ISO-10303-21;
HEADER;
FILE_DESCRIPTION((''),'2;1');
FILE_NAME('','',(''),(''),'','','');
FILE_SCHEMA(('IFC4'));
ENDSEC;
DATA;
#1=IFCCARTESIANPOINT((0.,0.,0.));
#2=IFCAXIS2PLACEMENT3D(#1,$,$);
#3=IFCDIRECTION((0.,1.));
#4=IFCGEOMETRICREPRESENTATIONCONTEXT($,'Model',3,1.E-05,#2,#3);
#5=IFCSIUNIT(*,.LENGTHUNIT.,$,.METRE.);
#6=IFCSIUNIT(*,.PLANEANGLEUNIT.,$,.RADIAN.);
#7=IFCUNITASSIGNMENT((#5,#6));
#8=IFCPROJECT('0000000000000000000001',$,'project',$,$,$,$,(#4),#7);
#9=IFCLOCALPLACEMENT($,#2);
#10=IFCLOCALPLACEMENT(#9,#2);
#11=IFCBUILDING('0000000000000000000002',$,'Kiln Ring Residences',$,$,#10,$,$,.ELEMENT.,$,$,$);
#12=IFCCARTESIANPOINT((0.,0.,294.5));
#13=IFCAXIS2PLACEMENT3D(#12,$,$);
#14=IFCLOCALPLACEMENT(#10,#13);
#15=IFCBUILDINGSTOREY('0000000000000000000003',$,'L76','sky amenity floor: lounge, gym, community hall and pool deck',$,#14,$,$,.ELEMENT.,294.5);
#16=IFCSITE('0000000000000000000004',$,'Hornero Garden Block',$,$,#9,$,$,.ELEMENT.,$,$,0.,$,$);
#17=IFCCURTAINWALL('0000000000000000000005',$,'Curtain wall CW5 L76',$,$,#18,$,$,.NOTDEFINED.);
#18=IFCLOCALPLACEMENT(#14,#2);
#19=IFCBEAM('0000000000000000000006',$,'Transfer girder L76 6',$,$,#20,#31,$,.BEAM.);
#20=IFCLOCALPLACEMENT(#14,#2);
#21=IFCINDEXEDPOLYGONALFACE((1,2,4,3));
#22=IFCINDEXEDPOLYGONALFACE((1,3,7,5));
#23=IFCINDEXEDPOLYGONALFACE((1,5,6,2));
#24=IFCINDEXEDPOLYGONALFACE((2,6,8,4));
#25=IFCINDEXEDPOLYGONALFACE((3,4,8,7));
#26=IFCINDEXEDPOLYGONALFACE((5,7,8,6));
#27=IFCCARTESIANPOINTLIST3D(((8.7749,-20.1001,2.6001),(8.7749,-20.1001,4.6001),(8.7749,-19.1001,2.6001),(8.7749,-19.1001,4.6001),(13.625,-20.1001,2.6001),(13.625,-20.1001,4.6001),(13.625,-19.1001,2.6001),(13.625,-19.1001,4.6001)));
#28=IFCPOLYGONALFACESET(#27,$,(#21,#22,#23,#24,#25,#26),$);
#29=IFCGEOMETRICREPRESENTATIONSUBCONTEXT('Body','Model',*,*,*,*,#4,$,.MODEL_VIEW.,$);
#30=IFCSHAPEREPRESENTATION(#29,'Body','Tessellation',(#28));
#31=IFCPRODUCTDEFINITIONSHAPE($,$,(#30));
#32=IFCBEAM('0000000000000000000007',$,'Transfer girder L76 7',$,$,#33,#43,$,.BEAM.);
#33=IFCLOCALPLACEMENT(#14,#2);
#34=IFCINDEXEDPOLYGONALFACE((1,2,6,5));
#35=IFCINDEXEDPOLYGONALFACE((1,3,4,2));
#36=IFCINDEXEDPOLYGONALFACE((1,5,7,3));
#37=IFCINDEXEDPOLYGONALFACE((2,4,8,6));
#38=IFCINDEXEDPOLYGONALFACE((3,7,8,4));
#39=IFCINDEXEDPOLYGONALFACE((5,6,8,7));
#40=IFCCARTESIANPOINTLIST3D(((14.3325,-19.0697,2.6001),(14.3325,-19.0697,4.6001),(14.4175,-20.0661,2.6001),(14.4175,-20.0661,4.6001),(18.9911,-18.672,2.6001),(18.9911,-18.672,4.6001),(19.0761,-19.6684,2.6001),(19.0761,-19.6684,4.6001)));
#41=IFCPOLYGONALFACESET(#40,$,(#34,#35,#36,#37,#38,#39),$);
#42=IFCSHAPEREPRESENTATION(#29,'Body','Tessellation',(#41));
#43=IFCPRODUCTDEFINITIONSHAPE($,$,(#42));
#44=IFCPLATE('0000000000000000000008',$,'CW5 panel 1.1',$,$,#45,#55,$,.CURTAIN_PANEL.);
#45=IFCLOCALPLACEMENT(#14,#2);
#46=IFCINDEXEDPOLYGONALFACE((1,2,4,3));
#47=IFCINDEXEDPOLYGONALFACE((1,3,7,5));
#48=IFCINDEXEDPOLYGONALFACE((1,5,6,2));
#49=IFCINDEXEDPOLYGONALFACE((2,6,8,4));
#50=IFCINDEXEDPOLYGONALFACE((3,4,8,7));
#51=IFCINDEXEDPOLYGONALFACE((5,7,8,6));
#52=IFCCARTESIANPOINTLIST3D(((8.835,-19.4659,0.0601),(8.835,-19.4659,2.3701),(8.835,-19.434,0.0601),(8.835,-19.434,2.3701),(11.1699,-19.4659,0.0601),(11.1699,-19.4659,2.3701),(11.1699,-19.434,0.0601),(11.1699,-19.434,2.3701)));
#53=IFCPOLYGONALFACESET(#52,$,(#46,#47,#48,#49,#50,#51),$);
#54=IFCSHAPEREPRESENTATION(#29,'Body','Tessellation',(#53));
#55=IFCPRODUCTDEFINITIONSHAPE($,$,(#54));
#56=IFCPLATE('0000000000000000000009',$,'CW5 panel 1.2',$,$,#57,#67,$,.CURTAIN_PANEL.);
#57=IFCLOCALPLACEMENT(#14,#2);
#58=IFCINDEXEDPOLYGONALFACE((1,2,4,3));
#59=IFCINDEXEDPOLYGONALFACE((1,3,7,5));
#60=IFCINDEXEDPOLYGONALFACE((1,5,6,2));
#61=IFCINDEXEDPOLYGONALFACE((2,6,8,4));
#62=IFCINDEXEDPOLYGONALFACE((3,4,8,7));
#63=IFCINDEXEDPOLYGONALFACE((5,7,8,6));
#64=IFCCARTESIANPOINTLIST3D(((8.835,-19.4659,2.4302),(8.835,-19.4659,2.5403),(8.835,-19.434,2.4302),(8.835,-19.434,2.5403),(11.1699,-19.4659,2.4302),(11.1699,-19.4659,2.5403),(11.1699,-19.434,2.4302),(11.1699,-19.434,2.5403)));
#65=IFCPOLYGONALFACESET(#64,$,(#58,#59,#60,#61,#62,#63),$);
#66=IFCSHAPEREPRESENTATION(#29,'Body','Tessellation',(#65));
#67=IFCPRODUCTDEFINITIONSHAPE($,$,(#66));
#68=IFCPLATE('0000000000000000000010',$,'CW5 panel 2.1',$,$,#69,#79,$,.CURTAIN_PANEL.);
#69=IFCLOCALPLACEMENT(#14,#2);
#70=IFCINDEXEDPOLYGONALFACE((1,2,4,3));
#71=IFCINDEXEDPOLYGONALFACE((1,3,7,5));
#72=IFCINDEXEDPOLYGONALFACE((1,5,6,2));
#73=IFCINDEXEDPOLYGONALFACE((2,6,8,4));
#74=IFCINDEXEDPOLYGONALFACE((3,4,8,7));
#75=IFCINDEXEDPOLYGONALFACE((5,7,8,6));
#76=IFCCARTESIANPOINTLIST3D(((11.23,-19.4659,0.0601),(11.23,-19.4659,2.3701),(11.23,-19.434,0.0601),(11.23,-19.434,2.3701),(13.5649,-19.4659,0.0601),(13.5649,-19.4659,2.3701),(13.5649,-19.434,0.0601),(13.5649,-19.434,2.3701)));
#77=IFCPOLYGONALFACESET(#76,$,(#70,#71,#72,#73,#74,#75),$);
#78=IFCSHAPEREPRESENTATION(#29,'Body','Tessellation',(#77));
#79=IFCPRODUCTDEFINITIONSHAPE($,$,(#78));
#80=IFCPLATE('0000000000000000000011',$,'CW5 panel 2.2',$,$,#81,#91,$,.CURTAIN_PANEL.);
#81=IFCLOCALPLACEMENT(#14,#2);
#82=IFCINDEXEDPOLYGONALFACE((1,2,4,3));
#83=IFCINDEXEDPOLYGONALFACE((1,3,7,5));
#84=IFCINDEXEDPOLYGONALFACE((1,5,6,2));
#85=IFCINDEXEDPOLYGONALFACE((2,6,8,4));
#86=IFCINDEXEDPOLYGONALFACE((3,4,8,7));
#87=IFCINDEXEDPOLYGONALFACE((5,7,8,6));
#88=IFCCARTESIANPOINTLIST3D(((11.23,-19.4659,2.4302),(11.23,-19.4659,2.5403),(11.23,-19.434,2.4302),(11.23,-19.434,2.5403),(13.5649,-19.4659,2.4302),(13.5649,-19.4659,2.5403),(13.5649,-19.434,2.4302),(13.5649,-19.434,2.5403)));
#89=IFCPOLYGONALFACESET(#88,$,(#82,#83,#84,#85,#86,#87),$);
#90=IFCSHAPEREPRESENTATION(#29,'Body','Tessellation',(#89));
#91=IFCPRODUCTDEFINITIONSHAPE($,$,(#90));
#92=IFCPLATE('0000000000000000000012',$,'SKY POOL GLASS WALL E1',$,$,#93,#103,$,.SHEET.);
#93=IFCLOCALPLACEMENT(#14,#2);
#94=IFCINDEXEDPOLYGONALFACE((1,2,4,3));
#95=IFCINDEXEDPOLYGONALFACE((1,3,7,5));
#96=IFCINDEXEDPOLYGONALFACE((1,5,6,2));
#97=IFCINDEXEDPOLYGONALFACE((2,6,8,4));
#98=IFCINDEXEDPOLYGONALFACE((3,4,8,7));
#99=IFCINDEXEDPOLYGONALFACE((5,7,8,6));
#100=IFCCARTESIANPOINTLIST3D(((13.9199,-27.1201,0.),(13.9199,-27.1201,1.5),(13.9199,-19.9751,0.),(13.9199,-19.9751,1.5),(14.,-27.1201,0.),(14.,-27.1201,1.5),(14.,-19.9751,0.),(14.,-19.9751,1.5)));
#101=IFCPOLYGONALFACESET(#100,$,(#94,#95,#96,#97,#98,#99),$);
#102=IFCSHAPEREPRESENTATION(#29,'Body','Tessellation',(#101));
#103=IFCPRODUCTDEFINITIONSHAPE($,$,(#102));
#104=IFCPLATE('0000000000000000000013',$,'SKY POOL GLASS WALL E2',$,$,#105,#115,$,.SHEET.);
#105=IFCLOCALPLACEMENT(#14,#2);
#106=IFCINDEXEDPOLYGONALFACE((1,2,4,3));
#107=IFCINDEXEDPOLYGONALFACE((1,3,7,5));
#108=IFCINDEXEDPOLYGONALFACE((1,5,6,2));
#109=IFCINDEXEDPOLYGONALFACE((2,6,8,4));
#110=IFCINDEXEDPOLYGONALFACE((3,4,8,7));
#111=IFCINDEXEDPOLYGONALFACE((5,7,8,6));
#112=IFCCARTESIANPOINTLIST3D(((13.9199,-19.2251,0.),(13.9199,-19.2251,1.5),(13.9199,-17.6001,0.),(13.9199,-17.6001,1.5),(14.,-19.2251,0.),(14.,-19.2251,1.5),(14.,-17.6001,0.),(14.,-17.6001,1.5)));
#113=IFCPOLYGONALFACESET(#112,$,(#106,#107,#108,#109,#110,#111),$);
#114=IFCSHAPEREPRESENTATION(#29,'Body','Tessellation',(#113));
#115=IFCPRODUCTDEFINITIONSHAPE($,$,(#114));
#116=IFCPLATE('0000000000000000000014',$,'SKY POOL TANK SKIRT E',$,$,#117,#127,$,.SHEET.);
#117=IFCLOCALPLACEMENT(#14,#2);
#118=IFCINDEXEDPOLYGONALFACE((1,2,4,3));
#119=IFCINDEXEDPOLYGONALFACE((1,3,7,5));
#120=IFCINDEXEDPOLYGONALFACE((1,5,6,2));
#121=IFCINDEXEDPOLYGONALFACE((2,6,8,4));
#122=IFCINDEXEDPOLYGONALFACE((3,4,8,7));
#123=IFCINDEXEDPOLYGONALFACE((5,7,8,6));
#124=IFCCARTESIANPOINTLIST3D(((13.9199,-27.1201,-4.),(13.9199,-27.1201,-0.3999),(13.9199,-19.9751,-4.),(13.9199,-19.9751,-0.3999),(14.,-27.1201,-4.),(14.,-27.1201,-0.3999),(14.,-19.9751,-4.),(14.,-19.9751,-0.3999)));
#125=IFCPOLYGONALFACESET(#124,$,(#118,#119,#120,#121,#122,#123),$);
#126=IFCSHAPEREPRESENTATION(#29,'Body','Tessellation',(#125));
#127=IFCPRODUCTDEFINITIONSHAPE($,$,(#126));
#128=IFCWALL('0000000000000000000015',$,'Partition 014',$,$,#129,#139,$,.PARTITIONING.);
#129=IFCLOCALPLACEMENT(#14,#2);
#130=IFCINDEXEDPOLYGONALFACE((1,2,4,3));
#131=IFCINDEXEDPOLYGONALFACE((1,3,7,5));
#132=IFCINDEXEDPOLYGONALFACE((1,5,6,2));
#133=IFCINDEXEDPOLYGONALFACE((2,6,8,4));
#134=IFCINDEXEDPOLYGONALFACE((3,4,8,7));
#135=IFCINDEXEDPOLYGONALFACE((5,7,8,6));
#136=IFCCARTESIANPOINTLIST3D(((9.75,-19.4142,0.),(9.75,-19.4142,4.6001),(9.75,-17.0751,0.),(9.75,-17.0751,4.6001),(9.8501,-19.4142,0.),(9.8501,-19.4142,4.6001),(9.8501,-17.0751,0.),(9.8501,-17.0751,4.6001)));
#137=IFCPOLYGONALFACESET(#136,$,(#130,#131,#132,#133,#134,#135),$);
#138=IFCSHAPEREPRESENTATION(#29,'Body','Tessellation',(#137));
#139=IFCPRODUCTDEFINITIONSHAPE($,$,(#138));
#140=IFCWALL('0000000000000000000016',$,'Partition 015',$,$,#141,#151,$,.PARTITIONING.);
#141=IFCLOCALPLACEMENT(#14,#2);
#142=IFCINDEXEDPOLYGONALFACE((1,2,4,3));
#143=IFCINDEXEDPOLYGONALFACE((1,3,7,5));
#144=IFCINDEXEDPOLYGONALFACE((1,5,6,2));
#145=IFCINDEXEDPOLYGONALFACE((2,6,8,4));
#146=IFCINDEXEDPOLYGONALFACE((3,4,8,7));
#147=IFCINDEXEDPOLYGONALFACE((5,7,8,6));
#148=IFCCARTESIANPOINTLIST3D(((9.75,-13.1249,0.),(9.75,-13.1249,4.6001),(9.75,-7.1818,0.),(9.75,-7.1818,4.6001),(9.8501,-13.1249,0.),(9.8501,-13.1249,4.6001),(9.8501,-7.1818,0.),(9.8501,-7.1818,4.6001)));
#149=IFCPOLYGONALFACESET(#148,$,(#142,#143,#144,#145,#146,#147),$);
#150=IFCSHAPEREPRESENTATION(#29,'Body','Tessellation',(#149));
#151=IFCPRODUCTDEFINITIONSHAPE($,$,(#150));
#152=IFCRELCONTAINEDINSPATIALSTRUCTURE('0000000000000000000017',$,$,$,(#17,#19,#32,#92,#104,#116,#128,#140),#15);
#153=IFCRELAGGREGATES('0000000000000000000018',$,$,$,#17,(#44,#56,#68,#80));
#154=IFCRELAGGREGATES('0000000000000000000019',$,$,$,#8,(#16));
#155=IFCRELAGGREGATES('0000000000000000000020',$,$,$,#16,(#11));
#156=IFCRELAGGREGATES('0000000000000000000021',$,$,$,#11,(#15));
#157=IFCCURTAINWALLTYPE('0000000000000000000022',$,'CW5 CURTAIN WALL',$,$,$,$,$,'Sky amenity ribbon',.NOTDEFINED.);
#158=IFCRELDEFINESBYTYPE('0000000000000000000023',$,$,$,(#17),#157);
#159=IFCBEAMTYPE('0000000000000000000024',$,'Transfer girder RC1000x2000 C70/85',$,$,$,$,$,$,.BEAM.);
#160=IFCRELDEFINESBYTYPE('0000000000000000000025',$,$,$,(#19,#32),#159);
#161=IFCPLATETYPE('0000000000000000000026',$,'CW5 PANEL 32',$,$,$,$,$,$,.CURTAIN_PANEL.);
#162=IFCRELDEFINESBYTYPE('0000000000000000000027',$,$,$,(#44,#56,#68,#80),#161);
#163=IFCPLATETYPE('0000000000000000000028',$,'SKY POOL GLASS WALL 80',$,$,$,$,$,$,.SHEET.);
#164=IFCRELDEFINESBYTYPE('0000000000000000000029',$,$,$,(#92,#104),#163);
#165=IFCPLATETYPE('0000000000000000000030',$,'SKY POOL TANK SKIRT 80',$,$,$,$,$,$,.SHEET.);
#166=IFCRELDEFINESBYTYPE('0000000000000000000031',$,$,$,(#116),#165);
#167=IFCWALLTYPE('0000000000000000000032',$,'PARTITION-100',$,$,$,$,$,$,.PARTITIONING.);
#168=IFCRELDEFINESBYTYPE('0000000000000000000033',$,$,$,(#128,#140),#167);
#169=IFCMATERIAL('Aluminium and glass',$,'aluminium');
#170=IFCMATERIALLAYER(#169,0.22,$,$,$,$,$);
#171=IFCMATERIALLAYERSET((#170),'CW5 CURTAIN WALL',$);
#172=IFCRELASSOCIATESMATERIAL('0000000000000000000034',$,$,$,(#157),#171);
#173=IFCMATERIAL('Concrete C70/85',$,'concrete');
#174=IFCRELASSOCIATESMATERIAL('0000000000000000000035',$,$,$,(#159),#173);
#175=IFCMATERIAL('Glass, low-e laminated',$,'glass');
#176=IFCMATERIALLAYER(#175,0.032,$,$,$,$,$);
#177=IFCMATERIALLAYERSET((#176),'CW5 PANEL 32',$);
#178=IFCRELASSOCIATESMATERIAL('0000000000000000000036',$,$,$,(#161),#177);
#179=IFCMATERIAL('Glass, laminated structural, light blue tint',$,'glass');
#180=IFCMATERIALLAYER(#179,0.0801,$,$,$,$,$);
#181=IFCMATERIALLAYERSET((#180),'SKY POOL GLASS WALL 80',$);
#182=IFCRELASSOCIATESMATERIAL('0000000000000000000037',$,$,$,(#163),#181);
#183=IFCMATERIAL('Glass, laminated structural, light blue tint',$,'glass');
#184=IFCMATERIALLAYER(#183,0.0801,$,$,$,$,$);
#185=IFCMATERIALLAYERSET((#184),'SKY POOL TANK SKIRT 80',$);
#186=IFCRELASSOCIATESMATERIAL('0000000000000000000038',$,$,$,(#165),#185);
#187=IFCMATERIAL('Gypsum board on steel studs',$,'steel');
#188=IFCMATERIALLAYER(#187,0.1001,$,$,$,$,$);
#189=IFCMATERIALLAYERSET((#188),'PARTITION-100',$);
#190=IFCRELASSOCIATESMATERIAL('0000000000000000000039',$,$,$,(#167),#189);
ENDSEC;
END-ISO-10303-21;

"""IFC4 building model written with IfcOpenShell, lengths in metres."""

from ifc_helpers import new_model, si_unit, direction, frame, frame_2d, origin, origin_2d, place, context, subcontext, project, spatial, rectangle, extrude, material, layer, layer_set, material_profile, profile_set, type_object, element, aggregate, save


model = new_model("IFC4")

# Units and contexts
model_context = context("Model", 3, precision=1e-05, world=origin(), true_north=direction((0.0, 1.0)))
body_context = subcontext(model_context, "Body", "Model", "MODEL_VIEW")
ifc_project = project(units=[si_unit("LENGTHUNIT", "METRE"), si_unit("PLANEANGLEUNIT", "RADIAN")], contexts=[model_context])

# Site, building, storey
site_placement = place(None, origin())
site = spatial("IfcSite", under=ifc_project, at=site_placement, Name="Hornero Garden Block", CompositionType="ELEMENT", RefElevation=0.0)
building_placement = place(site_placement, origin())
building = spatial("IfcBuilding", under=site, at=building_placement, Name="Kiln Ring Residences", CompositionType="ELEMENT")
storey_placement = place(building_placement, frame((0.0, 0.0, 294.5)))
storey = spatial("IfcBuildingStorey", under=building, at=storey_placement, Name="L76", Description="sky amenity floor: lounge, gym, community hall and pool deck", CompositionType="ELEMENT", Elevation=294.5)

# Curtain wall
ifc_material_1 = material(Name="Aluminium and glass", Category="aluminium")
ifc_layer_1 = layer(ifc_material_1, 0.22)
ifc_layer_set_1 = layer_set([ifc_layer_1], Name="CW5 CURTAIN WALL")
curtain_wall_type = type_object("IfcCurtainWallType", Name="CW5 CURTAIN WALL", ElementType="Sky amenity ribbon", PredefinedType="NOTDEFINED", material=ifc_layer_set_1)
placement = place(storey_placement, origin())
curtain_wall_1 = element("IfcCurtainWall", 1, at=placement, inside=storey, type_object=curtain_wall_type, Name="Curtain wall CW5 L76", PredefinedType="NOTDEFINED")

# Beams
ifc_material_2 = material(Name="Concrete C70/85", Category="concrete")
ifc_material_profile_1 = material_profile(ifc_material_2, rectangle(XDim=1.0, YDim=2.0, at=origin_2d()), Name="RC1000x2000")
ifc_profile_set_1 = profile_set([ifc_material_profile_1], Name="Concrete C70/85")
beam_type = type_object("IfcBeamType", Name="Transfer girder RC1000x2000 C70/85", PredefinedType="BEAM", material=ifc_profile_set_1)
beam_1_placement = place(storey_placement, frame((8.7749, -19.6001, 3.6001), z_axis=(1.0, 0.0, 0.0), x_axis=(0.0, 1.0, 0.0)))
element("IfcBeam", 2, at=beam_1_placement, inside=storey, type_object=beam_type, Name="Transfer girder L76 6", PredefinedType="BEAM", context=body_context, shape_type="SweptSolid", body=[
    extrude(rectangle(XDim=1.0, YDim=2.0, at=origin_2d()), origin(), (0.0, 0.0, 1.0), 4.8501),
])
beam_2_placement = place(storey_placement, frame((14.375, -19.5679, 3.6001), z_axis=(0.996376, 0.085059, 0.0), x_axis=(-0.085059, 0.996376, 0.0)))
element("IfcBeam", 3, at=beam_2_placement, inside=storey, type_object=beam_type, Name="Transfer girder L76 7", PredefinedType="BEAM", context=body_context, shape_type="SweptSolid", body=[
    extrude(rectangle(XDim=1.0, YDim=2.0, at=origin_2d()), origin(), (0.0, 0.0, 1.0), 4.6755),
])

# Plates
ifc_material_3 = material(Name="Glass, low-e laminated", Category="glass")
ifc_layer_2 = layer(ifc_material_3, 0.032)
ifc_layer_set_2 = layer_set([ifc_layer_2], Name="CW5 PANEL 32")
plate_type_1 = type_object("IfcPlateType", Name="CW5 PANEL 32", PredefinedType="CURTAIN_PANEL", material=ifc_layer_set_2)
plate_1_placement = place(storey_placement, frame((10.0024, -19.45, 0.0601), z_axis=(0.0, 0.0, 1.0), x_axis=(1.0, 0.0, 0.0)))
plate_1 = element("IfcPlate", 4, at=plate_1_placement, type_object=plate_type_1, Name="CW5 panel 1.1", PredefinedType="CURTAIN_PANEL", context=body_context, shape_type="SweptSolid", body=[
    extrude(rectangle(XDim=2.335, YDim=0.032, at=origin_2d()), origin(), (0.0, 0.0, 1.0), 2.3101),
])
plate_2_placement = place(storey_placement, frame((10.0024, -19.45, 2.4302), z_axis=(0.0, 0.0, 1.0), x_axis=(1.0, 0.0, 0.0)))
plate_2 = element("IfcPlate", 5, at=plate_2_placement, type_object=plate_type_1, Name="CW5 panel 1.2", PredefinedType="CURTAIN_PANEL", context=body_context, shape_type="SweptSolid", body=[
    extrude(rectangle(XDim=2.335, YDim=0.032, at=origin_2d()), origin(), (0.0, 0.0, 1.0), 0.1101),
])
plate_3_placement = place(storey_placement, frame((12.3975, -19.45, 0.0601), z_axis=(0.0, 0.0, 1.0), x_axis=(1.0, 0.0, 0.0)))
plate_3 = element("IfcPlate", 6, at=plate_3_placement, type_object=plate_type_1, Name="CW5 panel 2.1", PredefinedType="CURTAIN_PANEL", context=body_context, shape_type="SweptSolid", body=[
    extrude(rectangle(XDim=2.335, YDim=0.032, at=origin_2d()), origin(), (0.0, 0.0, 1.0), 2.3101),
])
plate_4_placement = place(storey_placement, frame((12.3975, -19.45, 2.4302), z_axis=(0.0, 0.0, 1.0), x_axis=(1.0, 0.0, 0.0)))
plate_4 = element("IfcPlate", 7, at=plate_4_placement, type_object=plate_type_1, Name="CW5 panel 2.2", PredefinedType="CURTAIN_PANEL", context=body_context, shape_type="SweptSolid", body=[
    extrude(rectangle(XDim=2.335, YDim=0.032, at=origin_2d()), origin(), (0.0, 0.0, 1.0), 0.1101),
])
aggregate(curtain_wall_1, [plate_1, plate_2, plate_3, plate_4])

# Plates
ifc_material_4 = material(Name="Glass, laminated structural, light blue tint", Category="glass")
ifc_layer_3 = layer(ifc_material_4, 0.0801)
ifc_layer_set_3 = layer_set([ifc_layer_3], Name="SKY POOL GLASS WALL 80")
plate_type_2 = type_object("IfcPlateType", Name="SKY POOL GLASS WALL 80", PredefinedType="SHEET", material=ifc_layer_set_3)
plate_5_placement = place(storey_placement, frame((13.96, -23.5476, 0.0), z_axis=(0.0, 0.0, 1.0), x_axis=(1.0, 0.0, 0.0)))
element("IfcPlate", 8, at=plate_5_placement, inside=storey, type_object=plate_type_2, Name="SKY POOL GLASS WALL E1", PredefinedType="SHEET", context=body_context, shape_type="SweptSolid", body=[
    extrude(rectangle(XDim=0.0801, YDim=7.145, at=origin_2d()), origin(), (0.0, 0.0, 1.0), 1.5),
])
plate_6_placement = place(storey_placement, frame((13.96, -18.4126, 0.0), z_axis=(0.0, 0.0, 1.0), x_axis=(1.0, 0.0, 0.0)))
element("IfcPlate", 9, at=plate_6_placement, inside=storey, type_object=plate_type_2, Name="SKY POOL GLASS WALL E2", PredefinedType="SHEET", context=body_context, shape_type="SweptSolid", body=[
    extrude(rectangle(XDim=0.0801, YDim=1.625, at=origin_2d()), origin(), (0.0, 0.0, 1.0), 1.5),
])
ifc_material_5 = material(Name="Glass, laminated structural, light blue tint", Category="glass")
ifc_layer_4 = layer(ifc_material_5, 0.0801)
ifc_layer_set_4 = layer_set([ifc_layer_4], Name="SKY POOL TANK SKIRT 80")
plate_type_3 = type_object("IfcPlateType", Name="SKY POOL TANK SKIRT 80", PredefinedType="SHEET", material=ifc_layer_set_4)
plate_7_placement = place(storey_placement, frame((13.96, -23.5476, -4.0), z_axis=(0.0, 0.0, 1.0), x_axis=(1.0, 0.0, 0.0)))
element("IfcPlate", 10, at=plate_7_placement, inside=storey, type_object=plate_type_3, Name="SKY POOL TANK SKIRT E", PredefinedType="SHEET", context=body_context, shape_type="SweptSolid", body=[
    extrude(rectangle(XDim=0.0801, YDim=7.145, at=origin_2d()), origin(), (0.0, 0.0, 1.0), 3.6001),
])

# Walls
ifc_material_6 = material(Name="Gypsum board on steel studs", Category="steel")
ifc_layer_5 = layer(ifc_material_6, 0.1001)
ifc_layer_set_5 = layer_set([ifc_layer_5], Name="PARTITION-100")
wall_type = type_object("IfcWallType", Name="PARTITION-100", PredefinedType="PARTITIONING", material=ifc_layer_set_5)
wall_1_placement = place(storey_placement, frame((9.8, -19.4141, 0.0), z_axis=(0.0, 0.0, 1.0), x_axis=(0.0, 1.0, 0.0)))
element("IfcWall", 11, at=wall_1_placement, inside=storey, type_object=wall_type, Name="Partition 014", PredefinedType="PARTITIONING", context=body_context, shape_type="SweptSolid", body=[
    extrude(rectangle(XDim=2.3391, YDim=0.1001, at=frame_2d((1.1694, 0.0))), origin(), (0.0, 0.0, 1.0), 4.6001),
])
wall_2_placement = place(storey_placement, frame((9.8, -13.125, 0.0), z_axis=(0.0, 0.0, 1.0), x_axis=(0.0, 1.0, 0.0)))
element("IfcWall", 12, at=wall_2_placement, inside=storey, type_object=wall_type, Name="Partition 015", PredefinedType="PARTITIONING", context=body_context, shape_type="SweptSolid", body=[
    extrude(rectangle(XDim=5.9431, YDim=0.1001, at=frame_2d((2.9717, 0.0))), origin(), (0.0, 0.0, 1.0), 4.6001),
])

save(model, "model.ifc")
